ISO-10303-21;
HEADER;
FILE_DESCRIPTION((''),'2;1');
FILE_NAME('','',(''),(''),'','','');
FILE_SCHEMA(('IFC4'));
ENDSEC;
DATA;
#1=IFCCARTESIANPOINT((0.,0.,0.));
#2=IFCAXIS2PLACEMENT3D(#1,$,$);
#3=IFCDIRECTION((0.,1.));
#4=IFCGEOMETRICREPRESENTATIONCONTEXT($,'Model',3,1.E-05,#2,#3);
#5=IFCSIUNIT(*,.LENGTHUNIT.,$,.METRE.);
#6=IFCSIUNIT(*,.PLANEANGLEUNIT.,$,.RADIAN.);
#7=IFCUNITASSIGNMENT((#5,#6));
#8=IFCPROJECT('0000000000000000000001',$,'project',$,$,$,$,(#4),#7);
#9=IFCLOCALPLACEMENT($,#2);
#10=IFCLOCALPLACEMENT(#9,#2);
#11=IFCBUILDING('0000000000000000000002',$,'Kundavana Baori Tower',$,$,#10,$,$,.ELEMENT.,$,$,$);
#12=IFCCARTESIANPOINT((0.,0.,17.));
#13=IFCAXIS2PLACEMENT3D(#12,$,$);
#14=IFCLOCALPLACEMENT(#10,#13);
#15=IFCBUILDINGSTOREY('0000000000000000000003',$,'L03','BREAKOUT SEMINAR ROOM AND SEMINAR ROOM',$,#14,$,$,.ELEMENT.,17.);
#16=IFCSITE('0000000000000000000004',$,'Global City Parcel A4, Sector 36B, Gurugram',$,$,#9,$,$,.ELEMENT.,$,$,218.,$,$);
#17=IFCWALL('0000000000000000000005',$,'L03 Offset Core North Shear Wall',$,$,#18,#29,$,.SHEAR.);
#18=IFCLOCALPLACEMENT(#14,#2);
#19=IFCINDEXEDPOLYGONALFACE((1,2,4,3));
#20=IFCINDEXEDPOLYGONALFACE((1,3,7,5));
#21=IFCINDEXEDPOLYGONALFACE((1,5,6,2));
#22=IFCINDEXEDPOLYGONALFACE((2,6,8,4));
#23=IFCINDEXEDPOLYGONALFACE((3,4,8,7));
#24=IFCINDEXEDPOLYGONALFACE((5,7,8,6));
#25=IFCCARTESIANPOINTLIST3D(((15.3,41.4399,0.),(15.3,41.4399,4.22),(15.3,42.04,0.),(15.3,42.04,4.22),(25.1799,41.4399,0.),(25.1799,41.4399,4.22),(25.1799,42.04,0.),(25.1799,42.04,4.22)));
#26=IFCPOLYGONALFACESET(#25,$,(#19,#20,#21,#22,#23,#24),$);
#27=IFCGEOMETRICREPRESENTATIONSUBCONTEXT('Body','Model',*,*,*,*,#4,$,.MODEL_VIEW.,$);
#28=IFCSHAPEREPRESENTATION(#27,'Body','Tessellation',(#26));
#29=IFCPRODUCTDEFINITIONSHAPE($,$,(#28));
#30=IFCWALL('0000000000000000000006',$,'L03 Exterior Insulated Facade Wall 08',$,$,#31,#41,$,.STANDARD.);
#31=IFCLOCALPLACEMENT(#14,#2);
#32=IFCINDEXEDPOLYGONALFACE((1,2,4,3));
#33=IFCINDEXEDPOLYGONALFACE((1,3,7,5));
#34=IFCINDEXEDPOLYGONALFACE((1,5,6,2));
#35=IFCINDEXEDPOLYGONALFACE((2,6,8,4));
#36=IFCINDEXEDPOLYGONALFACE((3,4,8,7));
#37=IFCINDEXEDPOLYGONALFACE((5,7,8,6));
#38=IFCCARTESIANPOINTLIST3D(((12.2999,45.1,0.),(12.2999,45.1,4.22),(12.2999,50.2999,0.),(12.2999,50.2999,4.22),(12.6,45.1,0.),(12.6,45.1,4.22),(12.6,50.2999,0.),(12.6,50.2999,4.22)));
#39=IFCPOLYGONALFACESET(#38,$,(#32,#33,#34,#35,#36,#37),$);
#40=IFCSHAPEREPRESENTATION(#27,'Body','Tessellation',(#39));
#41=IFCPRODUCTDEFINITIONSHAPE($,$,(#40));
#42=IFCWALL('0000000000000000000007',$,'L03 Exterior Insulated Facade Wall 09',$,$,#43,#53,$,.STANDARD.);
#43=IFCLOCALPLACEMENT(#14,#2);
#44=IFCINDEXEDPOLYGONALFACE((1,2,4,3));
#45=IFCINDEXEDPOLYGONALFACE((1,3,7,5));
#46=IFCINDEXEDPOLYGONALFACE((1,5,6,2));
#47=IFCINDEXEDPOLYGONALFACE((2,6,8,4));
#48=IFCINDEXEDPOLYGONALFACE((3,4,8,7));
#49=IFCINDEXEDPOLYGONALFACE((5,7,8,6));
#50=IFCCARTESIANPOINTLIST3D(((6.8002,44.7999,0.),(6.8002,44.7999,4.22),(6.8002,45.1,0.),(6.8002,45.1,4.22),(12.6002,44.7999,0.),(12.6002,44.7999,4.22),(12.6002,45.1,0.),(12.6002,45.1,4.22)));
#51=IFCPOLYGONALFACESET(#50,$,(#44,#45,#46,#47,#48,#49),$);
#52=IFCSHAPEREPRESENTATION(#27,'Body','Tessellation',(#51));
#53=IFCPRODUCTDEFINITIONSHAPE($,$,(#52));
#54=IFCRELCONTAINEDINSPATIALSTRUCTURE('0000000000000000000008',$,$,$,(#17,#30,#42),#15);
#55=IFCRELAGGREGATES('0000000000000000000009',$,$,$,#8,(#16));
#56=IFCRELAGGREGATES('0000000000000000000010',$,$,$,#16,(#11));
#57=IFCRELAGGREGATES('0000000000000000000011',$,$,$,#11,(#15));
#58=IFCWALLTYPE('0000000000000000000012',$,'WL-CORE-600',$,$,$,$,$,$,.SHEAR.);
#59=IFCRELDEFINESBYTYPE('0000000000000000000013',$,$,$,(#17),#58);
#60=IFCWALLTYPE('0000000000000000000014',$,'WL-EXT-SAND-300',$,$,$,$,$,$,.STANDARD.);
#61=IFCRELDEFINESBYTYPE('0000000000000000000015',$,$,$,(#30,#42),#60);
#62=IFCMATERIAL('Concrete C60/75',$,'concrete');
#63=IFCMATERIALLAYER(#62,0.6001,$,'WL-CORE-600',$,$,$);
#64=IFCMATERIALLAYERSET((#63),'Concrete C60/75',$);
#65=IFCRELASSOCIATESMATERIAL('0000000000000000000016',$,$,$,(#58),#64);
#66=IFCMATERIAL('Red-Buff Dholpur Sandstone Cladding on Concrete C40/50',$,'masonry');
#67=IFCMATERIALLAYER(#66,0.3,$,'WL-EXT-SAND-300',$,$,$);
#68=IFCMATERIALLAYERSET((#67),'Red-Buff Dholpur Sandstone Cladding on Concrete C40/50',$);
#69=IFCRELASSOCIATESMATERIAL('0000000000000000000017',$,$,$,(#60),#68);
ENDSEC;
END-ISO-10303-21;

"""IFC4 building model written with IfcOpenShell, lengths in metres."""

from ifc_helpers import new_model, si_unit, direction, frame, frame_2d, origin, place, context, subcontext, project, spatial, rectangle, extrude, material, layer, layer_set, type_object, element, save


model = new_model("IFC4")

# Units and contexts
model_context = context("Model", 3, precision=1e-05, world=origin(), true_north=direction((0.0, 1.0)))
body_context = subcontext(model_context, "Body", "Model", "MODEL_VIEW")
ifc_project = project(units=[si_unit("LENGTHUNIT", "METRE"), si_unit("PLANEANGLEUNIT", "RADIAN")], contexts=[model_context])

# Site, building, storey
site_placement = place(None, origin())
site = spatial("IfcSite", under=ifc_project, at=site_placement, Name="Global City Parcel A4, Sector 36B, Gurugram", CompositionType="ELEMENT", RefElevation=218.0)
building_placement = place(site_placement, origin())
building = spatial("IfcBuilding", under=site, at=building_placement, Name="Kundavana Baori Tower", CompositionType="ELEMENT")
storey_placement = place(building_placement, frame((0.0, 0.0, 17.0)))
storey = spatial("IfcBuildingStorey", under=building, at=storey_placement, Name="L03", Description="BREAKOUT SEMINAR ROOM AND SEMINAR ROOM", CompositionType="ELEMENT", Elevation=17.0)

# Walls
ifc_material_1 = material(Name="Concrete C60/75", Category="concrete")
ifc_layer_1 = layer(ifc_material_1, 0.6001, Name="WL-CORE-600")
ifc_layer_set_1 = layer_set([ifc_layer_1], Name="Concrete C60/75")
wall_type_1 = type_object("IfcWallType", Name="WL-CORE-600", PredefinedType="SHEAR", material=ifc_layer_set_1)
wall_1_placement = place(storey_placement, frame((15.3, 41.74, 0.0), z_axis=(0.0, 0.0, 1.0), x_axis=(1.0, 0.0, 0.0)))
element("IfcWall", 1, at=wall_1_placement, inside=storey, type_object=wall_type_1, Name="L03 Offset Core North Shear Wall", PredefinedType="SHEAR", context=body_context, shape_type="SweptSolid", body=[
    extrude(rectangle(XDim=9.8799, YDim=0.6001, at=frame_2d((4.9399, 0.0))), origin(), (0.0, 0.0, 1.0), 4.22),
])
ifc_material_2 = material(Name="Red-Buff Dholpur Sandstone Cladding on Concrete C40/50", Category="masonry")
ifc_layer_2 = layer(ifc_material_2, 0.3, Name="WL-EXT-SAND-300")
ifc_layer_set_2 = layer_set([ifc_layer_2], Name="Red-Buff Dholpur Sandstone Cladding on Concrete C40/50")
wall_type_2 = type_object("IfcWallType", Name="WL-EXT-SAND-300", PredefinedType="STANDARD", material=ifc_layer_set_2)
wall_2_placement = place(storey_placement, frame((12.45, 50.3, 0.0), z_axis=(0.0, 0.0, 1.0), x_axis=(0.0, -1.0, 0.0)))
element("IfcWall", 2, at=wall_2_placement, inside=storey, type_object=wall_type_2, Name="L03 Exterior Insulated Facade Wall 08", PredefinedType="STANDARD", context=body_context, shape_type="SweptSolid", body=[
    extrude(rectangle(XDim=5.2, YDim=0.3, at=frame_2d((2.6001, 0.0))), origin(), (0.0, 0.0, 1.0), 4.22),
])
wall_3_placement = place(storey_placement, frame((12.6001, 44.95, 0.0), z_axis=(0.0, 0.0, 1.0), x_axis=(-1.0, 0.0, 0.0)))
element("IfcWall", 3, at=wall_3_placement, inside=storey, type_object=wall_type_2, Name="L03 Exterior Insulated Facade Wall 09", PredefinedType="STANDARD", context=body_context, shape_type="SweptSolid", body=[
    extrude(rectangle(XDim=5.8, YDim=0.3, at=frame_2d((2.8999, 0.0))), origin(), (0.0, 0.0, 1.0), 4.22),
])

save(model, "model.ifc")
